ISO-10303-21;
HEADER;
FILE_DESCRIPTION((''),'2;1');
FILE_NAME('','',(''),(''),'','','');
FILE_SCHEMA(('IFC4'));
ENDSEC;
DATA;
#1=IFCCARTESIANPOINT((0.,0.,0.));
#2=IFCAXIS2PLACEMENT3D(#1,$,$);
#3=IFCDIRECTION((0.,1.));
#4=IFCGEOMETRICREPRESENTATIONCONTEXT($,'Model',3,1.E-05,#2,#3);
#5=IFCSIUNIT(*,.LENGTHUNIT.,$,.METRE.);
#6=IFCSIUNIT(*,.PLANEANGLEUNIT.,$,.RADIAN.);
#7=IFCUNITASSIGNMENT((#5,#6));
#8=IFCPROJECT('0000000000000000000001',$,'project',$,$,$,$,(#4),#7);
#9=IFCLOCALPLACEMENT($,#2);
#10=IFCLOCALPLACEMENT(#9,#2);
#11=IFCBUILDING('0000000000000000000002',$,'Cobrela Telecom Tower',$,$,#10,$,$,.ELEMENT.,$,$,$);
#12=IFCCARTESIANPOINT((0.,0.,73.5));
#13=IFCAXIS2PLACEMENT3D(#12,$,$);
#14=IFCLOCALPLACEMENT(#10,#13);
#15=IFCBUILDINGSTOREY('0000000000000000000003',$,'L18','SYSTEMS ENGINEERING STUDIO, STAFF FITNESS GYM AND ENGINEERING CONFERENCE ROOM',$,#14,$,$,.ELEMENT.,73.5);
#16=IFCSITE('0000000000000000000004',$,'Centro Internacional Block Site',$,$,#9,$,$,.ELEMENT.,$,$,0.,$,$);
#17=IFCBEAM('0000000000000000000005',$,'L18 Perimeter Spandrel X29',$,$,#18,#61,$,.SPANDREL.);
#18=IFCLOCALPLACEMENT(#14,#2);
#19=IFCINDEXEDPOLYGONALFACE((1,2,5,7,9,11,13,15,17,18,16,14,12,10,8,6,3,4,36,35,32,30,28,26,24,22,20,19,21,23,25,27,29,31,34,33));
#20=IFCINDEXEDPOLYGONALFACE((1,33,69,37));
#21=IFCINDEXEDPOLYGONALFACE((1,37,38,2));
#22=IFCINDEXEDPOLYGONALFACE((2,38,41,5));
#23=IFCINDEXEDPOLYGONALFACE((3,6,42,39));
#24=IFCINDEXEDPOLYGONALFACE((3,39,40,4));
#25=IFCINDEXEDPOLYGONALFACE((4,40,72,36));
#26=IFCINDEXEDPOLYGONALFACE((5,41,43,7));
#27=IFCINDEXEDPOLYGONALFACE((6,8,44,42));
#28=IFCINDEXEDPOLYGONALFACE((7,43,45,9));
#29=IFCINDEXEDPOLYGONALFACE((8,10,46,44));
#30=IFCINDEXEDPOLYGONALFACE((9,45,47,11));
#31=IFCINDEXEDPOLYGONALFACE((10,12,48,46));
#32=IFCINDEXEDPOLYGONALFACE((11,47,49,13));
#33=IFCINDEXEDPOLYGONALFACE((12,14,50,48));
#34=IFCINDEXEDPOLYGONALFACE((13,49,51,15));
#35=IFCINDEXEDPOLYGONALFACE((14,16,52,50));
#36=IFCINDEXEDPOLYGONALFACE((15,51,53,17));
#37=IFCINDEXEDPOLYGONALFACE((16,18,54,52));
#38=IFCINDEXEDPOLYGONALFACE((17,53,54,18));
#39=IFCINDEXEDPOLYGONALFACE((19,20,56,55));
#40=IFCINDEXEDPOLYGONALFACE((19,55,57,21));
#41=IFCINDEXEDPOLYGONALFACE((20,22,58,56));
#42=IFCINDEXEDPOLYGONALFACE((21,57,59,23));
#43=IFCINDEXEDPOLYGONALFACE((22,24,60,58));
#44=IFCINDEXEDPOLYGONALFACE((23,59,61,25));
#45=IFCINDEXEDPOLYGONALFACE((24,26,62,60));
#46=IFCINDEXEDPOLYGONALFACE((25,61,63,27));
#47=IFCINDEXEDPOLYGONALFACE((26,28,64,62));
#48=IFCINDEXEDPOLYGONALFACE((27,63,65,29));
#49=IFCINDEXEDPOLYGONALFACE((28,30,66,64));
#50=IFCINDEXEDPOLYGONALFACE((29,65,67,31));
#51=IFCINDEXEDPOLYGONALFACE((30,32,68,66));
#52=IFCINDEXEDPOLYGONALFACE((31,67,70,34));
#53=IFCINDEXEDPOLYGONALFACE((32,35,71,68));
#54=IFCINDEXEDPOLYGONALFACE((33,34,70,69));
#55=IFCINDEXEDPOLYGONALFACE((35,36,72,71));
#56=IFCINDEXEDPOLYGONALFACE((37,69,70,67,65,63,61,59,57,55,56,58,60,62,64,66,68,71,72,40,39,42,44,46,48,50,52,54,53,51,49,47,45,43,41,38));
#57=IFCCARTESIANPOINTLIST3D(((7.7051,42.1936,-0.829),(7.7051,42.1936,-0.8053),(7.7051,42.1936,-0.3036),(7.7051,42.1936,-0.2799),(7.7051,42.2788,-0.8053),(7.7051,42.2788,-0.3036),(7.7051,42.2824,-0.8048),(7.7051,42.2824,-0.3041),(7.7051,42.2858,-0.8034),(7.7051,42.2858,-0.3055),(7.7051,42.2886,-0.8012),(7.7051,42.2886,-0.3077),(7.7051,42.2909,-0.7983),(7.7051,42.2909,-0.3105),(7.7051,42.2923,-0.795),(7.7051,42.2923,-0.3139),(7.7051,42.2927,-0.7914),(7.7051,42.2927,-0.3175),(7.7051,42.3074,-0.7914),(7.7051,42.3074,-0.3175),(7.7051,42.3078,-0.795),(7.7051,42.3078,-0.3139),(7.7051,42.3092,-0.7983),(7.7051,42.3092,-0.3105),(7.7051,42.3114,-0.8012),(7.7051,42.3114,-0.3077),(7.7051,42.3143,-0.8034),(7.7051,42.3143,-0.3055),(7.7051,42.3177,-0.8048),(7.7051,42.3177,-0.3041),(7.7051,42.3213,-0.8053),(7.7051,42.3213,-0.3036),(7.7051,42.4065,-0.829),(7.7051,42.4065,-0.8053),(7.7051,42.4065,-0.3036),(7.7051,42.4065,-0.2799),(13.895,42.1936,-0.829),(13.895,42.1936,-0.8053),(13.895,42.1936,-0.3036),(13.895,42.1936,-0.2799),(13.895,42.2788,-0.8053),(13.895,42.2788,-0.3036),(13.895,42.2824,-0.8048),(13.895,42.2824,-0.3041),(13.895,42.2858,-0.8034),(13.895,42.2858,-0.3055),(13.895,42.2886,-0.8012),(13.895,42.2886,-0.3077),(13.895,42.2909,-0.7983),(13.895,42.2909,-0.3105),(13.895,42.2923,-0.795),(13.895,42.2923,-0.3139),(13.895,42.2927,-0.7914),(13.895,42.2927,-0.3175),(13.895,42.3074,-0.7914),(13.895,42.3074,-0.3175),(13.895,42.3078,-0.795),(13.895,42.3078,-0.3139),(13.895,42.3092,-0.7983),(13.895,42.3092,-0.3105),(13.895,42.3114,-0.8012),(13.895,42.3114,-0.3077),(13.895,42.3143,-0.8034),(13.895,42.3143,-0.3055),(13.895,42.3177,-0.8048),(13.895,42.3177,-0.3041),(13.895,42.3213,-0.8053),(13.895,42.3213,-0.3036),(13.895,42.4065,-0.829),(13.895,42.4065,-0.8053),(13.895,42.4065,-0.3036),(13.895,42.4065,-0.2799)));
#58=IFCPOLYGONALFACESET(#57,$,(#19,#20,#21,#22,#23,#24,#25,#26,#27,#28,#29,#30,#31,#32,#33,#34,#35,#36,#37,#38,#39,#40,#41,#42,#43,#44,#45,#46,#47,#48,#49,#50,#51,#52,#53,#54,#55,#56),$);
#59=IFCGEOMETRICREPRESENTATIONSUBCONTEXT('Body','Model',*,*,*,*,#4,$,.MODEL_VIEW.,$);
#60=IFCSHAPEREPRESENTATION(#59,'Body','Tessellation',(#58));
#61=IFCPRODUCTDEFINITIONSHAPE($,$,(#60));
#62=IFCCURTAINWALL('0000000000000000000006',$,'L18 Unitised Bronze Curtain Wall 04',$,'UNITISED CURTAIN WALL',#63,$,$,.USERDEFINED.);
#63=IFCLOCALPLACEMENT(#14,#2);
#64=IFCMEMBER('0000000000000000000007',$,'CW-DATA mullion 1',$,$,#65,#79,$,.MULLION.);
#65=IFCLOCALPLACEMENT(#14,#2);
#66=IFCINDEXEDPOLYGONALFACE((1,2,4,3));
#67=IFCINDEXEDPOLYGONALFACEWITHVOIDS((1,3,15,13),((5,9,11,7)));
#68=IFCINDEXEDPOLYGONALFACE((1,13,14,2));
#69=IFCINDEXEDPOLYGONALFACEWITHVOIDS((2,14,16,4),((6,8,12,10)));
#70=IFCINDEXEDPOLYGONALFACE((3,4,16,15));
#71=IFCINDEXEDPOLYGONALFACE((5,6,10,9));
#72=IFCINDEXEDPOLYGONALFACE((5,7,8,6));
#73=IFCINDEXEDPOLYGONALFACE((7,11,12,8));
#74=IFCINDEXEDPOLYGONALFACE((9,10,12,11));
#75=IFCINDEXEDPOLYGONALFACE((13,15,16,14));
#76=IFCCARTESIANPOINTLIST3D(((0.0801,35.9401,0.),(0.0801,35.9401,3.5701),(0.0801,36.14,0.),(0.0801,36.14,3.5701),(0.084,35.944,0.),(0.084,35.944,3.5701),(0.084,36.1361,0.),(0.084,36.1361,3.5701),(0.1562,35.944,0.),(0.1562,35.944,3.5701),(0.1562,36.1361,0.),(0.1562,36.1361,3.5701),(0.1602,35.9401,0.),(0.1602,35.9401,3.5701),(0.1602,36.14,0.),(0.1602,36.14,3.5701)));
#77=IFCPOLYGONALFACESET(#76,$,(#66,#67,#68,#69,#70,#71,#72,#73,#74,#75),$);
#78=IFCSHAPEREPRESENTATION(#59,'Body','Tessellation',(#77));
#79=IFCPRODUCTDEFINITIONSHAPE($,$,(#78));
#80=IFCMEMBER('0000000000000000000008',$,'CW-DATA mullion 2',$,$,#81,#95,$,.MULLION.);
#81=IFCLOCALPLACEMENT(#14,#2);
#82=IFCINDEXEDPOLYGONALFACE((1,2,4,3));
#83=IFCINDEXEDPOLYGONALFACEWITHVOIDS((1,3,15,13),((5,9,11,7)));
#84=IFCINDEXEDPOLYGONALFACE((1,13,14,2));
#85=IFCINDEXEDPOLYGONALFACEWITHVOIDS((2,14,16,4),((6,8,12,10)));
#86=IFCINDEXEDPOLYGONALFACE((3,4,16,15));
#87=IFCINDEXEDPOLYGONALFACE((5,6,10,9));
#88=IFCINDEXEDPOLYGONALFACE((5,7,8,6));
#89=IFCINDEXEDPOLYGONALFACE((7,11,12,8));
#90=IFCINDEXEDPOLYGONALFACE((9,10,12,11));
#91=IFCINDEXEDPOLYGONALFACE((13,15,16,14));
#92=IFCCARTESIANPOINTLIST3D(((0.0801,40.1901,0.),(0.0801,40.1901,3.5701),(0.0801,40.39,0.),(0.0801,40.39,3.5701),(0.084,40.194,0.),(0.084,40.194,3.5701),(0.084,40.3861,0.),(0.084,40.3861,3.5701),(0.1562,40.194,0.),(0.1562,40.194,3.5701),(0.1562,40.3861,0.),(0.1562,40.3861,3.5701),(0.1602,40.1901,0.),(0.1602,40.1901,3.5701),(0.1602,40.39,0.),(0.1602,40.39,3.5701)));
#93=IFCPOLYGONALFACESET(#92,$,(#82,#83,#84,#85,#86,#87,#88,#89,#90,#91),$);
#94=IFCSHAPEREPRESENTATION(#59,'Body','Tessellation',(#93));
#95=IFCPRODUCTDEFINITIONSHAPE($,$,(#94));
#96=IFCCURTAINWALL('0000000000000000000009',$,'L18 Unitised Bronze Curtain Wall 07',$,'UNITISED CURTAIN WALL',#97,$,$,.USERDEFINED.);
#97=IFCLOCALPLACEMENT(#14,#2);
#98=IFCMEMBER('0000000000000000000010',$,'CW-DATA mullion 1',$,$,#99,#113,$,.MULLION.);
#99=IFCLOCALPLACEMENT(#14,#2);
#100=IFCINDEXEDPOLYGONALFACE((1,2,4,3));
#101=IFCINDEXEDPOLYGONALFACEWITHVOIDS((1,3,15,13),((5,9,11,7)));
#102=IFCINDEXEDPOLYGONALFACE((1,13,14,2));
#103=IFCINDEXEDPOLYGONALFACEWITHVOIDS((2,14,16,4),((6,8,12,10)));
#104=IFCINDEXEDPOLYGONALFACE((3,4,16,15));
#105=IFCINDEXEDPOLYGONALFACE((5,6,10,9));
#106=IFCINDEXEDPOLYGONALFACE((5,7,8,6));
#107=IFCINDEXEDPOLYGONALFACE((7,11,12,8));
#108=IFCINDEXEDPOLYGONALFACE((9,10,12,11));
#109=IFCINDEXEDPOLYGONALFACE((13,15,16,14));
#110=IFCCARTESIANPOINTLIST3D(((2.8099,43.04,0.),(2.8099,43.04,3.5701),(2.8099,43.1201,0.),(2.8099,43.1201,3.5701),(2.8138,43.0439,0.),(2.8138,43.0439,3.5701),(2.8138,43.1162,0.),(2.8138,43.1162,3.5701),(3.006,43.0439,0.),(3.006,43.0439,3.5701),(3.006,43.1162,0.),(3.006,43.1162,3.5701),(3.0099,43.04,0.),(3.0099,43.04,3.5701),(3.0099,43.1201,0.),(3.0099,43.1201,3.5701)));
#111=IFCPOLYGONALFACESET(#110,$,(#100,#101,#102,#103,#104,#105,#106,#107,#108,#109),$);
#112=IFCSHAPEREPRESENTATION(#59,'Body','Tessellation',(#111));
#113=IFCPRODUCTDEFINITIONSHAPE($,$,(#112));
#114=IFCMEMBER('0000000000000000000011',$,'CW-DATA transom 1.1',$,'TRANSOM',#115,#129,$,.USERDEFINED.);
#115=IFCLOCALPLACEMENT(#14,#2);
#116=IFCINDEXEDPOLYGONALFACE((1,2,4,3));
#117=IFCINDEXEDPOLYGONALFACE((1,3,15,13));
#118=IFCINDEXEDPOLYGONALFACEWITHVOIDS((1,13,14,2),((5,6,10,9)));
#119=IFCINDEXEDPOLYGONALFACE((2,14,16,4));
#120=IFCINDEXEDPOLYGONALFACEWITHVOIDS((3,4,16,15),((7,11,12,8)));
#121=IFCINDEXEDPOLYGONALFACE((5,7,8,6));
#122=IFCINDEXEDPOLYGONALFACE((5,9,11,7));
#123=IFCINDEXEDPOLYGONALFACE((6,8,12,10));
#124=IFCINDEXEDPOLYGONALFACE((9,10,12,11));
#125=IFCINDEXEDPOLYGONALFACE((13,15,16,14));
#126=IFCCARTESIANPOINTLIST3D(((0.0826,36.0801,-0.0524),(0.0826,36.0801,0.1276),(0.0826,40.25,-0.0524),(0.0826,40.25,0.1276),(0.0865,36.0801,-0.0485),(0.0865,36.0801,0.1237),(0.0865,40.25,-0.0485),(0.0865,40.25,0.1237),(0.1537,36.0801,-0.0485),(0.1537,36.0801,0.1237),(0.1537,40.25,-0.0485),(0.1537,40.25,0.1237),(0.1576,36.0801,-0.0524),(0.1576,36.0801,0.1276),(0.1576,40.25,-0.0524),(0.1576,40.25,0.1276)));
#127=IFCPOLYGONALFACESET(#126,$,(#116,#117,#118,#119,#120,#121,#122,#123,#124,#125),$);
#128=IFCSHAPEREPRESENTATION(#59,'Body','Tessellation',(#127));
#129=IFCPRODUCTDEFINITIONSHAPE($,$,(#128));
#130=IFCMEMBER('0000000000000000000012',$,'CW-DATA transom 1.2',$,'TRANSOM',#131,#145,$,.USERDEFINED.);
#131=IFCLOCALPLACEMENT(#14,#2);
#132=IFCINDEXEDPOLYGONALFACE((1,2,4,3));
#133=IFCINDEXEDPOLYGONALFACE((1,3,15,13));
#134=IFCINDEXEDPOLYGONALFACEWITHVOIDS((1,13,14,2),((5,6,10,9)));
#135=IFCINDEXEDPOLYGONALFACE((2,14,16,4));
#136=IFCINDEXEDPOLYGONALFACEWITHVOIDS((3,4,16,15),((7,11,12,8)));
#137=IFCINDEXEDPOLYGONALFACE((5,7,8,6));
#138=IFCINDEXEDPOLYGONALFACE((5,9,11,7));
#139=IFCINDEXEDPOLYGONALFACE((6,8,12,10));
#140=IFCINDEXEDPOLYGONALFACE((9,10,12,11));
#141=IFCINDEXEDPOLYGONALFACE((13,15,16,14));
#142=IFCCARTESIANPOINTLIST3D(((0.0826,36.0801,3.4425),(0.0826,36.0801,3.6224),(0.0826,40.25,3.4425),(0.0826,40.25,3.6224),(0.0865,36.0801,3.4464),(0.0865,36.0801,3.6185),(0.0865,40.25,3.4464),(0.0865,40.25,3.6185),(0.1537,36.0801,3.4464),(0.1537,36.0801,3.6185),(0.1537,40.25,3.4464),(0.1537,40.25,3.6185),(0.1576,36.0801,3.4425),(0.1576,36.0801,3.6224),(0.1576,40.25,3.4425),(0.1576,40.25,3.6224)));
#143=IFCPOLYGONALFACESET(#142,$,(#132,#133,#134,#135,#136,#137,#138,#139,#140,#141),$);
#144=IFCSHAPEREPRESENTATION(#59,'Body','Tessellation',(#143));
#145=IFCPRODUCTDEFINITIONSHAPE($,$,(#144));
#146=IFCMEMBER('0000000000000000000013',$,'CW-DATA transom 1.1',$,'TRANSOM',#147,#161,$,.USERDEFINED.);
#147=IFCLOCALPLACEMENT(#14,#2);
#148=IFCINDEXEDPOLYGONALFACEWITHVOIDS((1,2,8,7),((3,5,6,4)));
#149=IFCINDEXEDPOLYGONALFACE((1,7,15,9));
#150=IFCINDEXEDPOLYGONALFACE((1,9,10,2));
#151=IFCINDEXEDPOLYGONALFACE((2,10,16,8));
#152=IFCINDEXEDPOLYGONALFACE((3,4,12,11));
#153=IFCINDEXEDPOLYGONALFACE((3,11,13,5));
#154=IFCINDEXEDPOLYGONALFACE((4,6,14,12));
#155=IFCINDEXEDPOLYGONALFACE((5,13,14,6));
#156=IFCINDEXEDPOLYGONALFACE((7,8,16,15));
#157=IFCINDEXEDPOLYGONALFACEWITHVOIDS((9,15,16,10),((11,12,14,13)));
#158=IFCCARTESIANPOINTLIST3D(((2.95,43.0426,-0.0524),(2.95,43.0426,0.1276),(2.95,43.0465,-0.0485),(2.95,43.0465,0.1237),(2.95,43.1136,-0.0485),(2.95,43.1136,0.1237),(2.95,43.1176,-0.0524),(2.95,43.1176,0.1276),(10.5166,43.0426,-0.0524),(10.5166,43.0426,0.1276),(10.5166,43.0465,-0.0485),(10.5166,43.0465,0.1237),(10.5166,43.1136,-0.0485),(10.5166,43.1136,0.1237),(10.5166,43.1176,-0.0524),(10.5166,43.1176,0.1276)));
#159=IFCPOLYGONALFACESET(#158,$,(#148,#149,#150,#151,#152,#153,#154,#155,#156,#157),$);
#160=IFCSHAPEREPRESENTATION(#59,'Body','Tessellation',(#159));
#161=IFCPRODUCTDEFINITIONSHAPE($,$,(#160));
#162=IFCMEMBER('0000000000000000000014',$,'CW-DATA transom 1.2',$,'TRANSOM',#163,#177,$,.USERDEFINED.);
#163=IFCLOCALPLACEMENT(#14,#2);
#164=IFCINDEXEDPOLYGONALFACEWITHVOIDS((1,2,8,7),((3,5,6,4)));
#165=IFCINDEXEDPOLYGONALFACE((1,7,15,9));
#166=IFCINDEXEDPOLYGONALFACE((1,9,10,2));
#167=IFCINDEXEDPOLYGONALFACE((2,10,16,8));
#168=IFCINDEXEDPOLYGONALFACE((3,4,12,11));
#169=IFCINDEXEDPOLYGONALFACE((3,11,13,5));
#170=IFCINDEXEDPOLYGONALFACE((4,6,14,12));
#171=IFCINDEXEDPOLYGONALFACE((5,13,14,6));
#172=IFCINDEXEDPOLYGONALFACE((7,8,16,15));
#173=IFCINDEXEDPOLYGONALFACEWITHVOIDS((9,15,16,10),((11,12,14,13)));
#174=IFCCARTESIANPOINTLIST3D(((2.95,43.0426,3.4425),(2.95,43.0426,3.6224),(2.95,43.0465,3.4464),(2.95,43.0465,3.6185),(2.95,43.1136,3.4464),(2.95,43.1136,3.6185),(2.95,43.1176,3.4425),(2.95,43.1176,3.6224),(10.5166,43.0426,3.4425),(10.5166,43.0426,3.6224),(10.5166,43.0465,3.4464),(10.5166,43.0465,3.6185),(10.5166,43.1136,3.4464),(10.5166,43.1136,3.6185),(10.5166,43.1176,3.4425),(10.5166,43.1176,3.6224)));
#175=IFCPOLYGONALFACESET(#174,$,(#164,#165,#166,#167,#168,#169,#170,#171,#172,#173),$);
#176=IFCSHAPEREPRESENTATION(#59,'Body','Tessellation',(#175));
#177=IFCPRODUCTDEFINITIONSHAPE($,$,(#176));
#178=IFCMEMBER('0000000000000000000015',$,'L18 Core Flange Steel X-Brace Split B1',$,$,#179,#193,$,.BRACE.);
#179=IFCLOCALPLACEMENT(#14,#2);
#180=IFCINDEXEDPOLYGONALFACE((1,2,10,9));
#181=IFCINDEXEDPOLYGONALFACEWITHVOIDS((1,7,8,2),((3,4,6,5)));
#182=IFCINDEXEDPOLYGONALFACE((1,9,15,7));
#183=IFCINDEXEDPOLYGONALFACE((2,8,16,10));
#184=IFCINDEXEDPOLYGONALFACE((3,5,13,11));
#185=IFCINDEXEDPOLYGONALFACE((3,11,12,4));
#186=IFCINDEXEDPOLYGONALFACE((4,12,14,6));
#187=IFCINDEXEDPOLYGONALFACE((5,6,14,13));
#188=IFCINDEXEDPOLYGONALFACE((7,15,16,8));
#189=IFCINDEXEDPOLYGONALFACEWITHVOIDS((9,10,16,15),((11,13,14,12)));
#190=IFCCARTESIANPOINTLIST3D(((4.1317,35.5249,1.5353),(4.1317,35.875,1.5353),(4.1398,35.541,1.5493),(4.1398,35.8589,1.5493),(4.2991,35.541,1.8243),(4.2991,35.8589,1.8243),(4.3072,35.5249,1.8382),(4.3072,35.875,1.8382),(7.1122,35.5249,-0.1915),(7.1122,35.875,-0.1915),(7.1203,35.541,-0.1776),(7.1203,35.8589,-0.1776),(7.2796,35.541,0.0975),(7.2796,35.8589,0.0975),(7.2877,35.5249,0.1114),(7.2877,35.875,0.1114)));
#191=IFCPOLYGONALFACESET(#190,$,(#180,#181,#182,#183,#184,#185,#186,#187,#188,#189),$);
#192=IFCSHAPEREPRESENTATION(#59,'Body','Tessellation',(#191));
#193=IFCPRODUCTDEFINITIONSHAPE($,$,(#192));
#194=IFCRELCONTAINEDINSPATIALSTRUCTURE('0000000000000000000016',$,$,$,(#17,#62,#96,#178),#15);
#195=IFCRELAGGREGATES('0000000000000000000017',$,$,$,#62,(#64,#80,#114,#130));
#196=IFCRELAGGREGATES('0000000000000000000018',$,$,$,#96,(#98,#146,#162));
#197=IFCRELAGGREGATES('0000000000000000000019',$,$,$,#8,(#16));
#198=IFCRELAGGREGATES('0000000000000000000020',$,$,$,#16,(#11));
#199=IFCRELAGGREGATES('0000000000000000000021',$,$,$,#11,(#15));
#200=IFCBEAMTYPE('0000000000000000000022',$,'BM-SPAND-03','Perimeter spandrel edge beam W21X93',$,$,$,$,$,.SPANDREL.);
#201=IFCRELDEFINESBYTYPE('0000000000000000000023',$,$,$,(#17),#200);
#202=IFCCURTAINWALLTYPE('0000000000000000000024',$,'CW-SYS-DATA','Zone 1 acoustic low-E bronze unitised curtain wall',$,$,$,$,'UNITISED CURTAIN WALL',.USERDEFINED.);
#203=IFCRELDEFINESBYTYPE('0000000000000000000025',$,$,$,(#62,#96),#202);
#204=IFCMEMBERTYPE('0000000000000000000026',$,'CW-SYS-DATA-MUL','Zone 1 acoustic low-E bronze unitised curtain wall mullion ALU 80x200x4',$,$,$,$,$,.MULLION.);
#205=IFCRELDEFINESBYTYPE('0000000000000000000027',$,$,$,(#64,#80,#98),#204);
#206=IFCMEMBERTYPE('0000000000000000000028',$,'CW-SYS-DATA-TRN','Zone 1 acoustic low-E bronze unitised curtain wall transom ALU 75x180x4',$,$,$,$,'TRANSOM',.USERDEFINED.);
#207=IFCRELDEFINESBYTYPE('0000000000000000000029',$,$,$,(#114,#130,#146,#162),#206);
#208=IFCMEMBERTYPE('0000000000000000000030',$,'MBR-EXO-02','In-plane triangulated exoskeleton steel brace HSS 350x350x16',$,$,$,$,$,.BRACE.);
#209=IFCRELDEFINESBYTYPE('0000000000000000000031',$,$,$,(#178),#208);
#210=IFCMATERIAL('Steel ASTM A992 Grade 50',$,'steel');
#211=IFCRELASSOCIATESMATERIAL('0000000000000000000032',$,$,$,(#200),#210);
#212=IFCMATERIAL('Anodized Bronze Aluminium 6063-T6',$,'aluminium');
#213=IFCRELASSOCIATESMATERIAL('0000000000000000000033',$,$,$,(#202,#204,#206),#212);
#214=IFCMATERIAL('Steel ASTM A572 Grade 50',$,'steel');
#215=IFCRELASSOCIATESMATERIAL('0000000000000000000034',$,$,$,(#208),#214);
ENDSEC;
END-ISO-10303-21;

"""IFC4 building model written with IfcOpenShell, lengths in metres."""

from ifc_helpers import new_model, si_unit, direction, frame, origin, origin_2d, place, context, subcontext, project, spatial, hollow_rectangle, i_section, extrude, material, material_profile, profile_set, type_object, element, aggregate, save


model = new_model("IFC4")

# Units and contexts
model_context = context("Model", 3, precision=1e-05, world=origin(), true_north=direction((0.0, 1.0)))
body_context = subcontext(model_context, "Body", "Model", "MODEL_VIEW")
ifc_project = project(units=[si_unit("LENGTHUNIT", "METRE"), si_unit("PLANEANGLEUNIT", "RADIAN")], contexts=[model_context])

# Site, building, storey
site_placement = place(None, origin())
site = spatial("IfcSite", under=ifc_project, at=site_placement, Name="Centro Internacional Block Site", CompositionType="ELEMENT", RefElevation=0.0)
building_placement = place(site_placement, origin())
building = spatial("IfcBuilding", under=site, at=building_placement, Name="Cobrela Telecom Tower", CompositionType="ELEMENT")
storey_placement = place(building_placement, frame((0.0, 0.0, 73.5)))
storey = spatial("IfcBuildingStorey", under=building, at=storey_placement, Name="L18", Description="SYSTEMS ENGINEERING STUDIO, STAFF FITNESS GYM AND ENGINEERING CONFERENCE ROOM", CompositionType="ELEMENT", Elevation=73.5)

# Shared definitions
ifc_material_1 = material(Name="Steel ASTM A572 Grade 50", Category="steel")

# Beam
ifc_material_2 = material(Name="Steel ASTM A992 Grade 50", Category="steel")
ifc_material_profile_1 = material_profile(ifc_material_2, i_section(OverallWidth=0.2129, OverallDepth=0.5491, WebThickness=0.0146, FlangeThickness=0.0237, FilletRadius=0.0139, at=origin_2d()), Name="W21X93")
ifc_profile_set_1 = profile_set([ifc_material_profile_1], Name="Steel ASTM A992 Grade 50")
beam_type_1 = type_object("IfcBeamType", Name="BM-SPAND-03", Description="Perimeter spandrel edge beam W21X93", PredefinedType="SPANDREL", material=ifc_profile_set_1)
beam_1_placement = place(storey_placement, frame((7.7051, 42.3, -0.5544), z_axis=(1.0, 0.0, 0.0), x_axis=(0.0, 1.0, 0.0)))
element("IfcBeam", 1, at=beam_1_placement, inside=storey, type_object=beam_type_1, Name="L18 Perimeter Spandrel X29", PredefinedType="SPANDREL", context=body_context, shape_type="SweptSolid", body=[
    extrude(i_section(OverallWidth=0.2129, OverallDepth=0.5491, WebThickness=0.0146, FlangeThickness=0.0237, FilletRadius=0.0139, at=origin_2d()), origin(), (0.0, 0.0, 1.0), 6.1899),
])

# Curtain wall, members
ifc_material_3 = material(Name="Anodized Bronze Aluminium 6063-T6", Category="aluminium")
curtain_wall_type = type_object("IfcCurtainWallType", Name="CW-SYS-DATA", Description="Zone 1 acoustic low-E bronze unitised curtain wall", ElementType="UNITISED CURTAIN WALL", PredefinedType="USERDEFINED", material=ifc_material_3)
curtain_wall_1_placement = place(storey_placement, origin())
curtain_wall_1 = element("IfcCurtainWall", 2, at=curtain_wall_1_placement, inside=storey, type_object=curtain_wall_type, Name="L18 Unitised Bronze Curtain Wall 04", ObjectType="UNITISED CURTAIN WALL", PredefinedType="USERDEFINED")
ifc_material_profile_2 = material_profile(ifc_material_3, hollow_rectangle(XDim=0.0801, YDim=0.2, WallThickness=0.0039, at=origin_2d()), Name="ALU 80x200x4")
ifc_profile_set_2 = profile_set([ifc_material_profile_2], Name="Anodized Bronze Aluminium 6063-T6")
member_type_1 = type_object("IfcMemberType", Name="CW-SYS-DATA-MUL", Description="Zone 1 acoustic low-E bronze unitised curtain wall mullion ALU 80x200x4", PredefinedType="MULLION", material=ifc_profile_set_2)
member_1_placement = place(storey_placement, frame((0.1201, 36.04, 0.0), z_axis=(0.0, 0.0, 1.0), x_axis=(-1.0, 0.0, 0.0)))
member_1 = element("IfcMember", 3, at=member_1_placement, type_object=member_type_1, Name="CW-DATA mullion 1", PredefinedType="MULLION", context=body_context, shape_type="SweptSolid", body=[
    extrude(hollow_rectangle(XDim=0.0801, YDim=0.2, WallThickness=0.0039, at=origin_2d()), origin(), (0.0, 0.0, 1.0), 3.5701),
])
member_2_placement = place(storey_placement, frame((0.1201, 40.29, 0.0), z_axis=(0.0, 0.0, 1.0), x_axis=(-1.0, 0.0, 0.0)))
member_2 = element("IfcMember", 4, at=member_2_placement, type_object=member_type_1, Name="CW-DATA mullion 2", PredefinedType="MULLION", context=body_context, shape_type="SweptSolid", body=[
    extrude(hollow_rectangle(XDim=0.0801, YDim=0.2, WallThickness=0.0039, at=origin_2d()), origin(), (0.0, 0.0, 1.0), 3.5701),
])

# Curtain wall, member
curtain_wall_2_placement = place(storey_placement, origin())
curtain_wall_2 = element("IfcCurtainWall", 5, at=curtain_wall_2_placement, inside=storey, type_object=curtain_wall_type, Name="L18 Unitised Bronze Curtain Wall 07", ObjectType="UNITISED CURTAIN WALL", PredefinedType="USERDEFINED")
member_3_placement = place(storey_placement, frame((2.9099, 43.0801, 0.0), z_axis=(0.0, 0.0, 1.0), x_axis=(0.0, 1.0, 0.0)))
member_3 = element("IfcMember", 6, at=member_3_placement, type_object=member_type_1, Name="CW-DATA mullion 1", PredefinedType="MULLION", context=body_context, shape_type="SweptSolid", body=[
    extrude(hollow_rectangle(XDim=0.0801, YDim=0.2, WallThickness=0.0039, at=origin_2d()), origin(), (0.0, 0.0, 1.0), 3.5701),
])

# Members
ifc_material_profile_3 = material_profile(ifc_material_3, hollow_rectangle(XDim=0.075, YDim=0.1799, WallThickness=0.0039, at=origin_2d()), Name="ALU 75x180x4")
ifc_profile_set_3 = profile_set([ifc_material_profile_3], Name="Anodized Bronze Aluminium 6063-T6")
member_type_2 = type_object("IfcMemberType", Name="CW-SYS-DATA-TRN", Description="Zone 1 acoustic low-E bronze unitised curtain wall transom ALU 75x180x4", ElementType="TRANSOM", PredefinedType="USERDEFINED", material=ifc_profile_set_3)
member_4_placement = place(storey_placement, frame((0.1201, 36.0801, 0.0376), z_axis=(0.0, 1.0, 0.0), x_axis=(-1.0, 0.0, 0.0)))
member_4 = element("IfcMember", 7, at=member_4_placement, type_object=member_type_2, Name="CW-DATA transom 1.1", ObjectType="TRANSOM", PredefinedType="USERDEFINED", context=body_context, shape_type="SweptSolid", body=[
    extrude(hollow_rectangle(XDim=0.075, YDim=0.1799, WallThickness=0.0039, at=origin_2d()), origin(), (0.0, 0.0, 1.0), 4.1699),
])
member_5_placement = place(storey_placement, frame((0.1201, 36.0801, 3.5325), z_axis=(0.0, 1.0, 0.0), x_axis=(-1.0, 0.0, 0.0)))
member_5 = element("IfcMember", 8, at=member_5_placement, type_object=member_type_2, Name="CW-DATA transom 1.2", ObjectType="TRANSOM", PredefinedType="USERDEFINED", context=body_context, shape_type="SweptSolid", body=[
    extrude(hollow_rectangle(XDim=0.075, YDim=0.1799, WallThickness=0.0039, at=origin_2d()), origin(), (0.0, 0.0, 1.0), 4.1699),
])
member_6_placement = place(storey_placement, frame((2.95, 43.0801, 0.0376), z_axis=(1.0, 0.0, 0.0), x_axis=(0.0, 1.0, 0.0)))
member_6 = element("IfcMember", 9, at=member_6_placement, type_object=member_type_2, Name="CW-DATA transom 1.1", ObjectType="TRANSOM", PredefinedType="USERDEFINED", context=body_context, shape_type="SweptSolid", body=[
    extrude(hollow_rectangle(XDim=0.075, YDim=0.1799, WallThickness=0.0039, at=origin_2d()), origin(), (0.0, 0.0, 1.0), 7.5667),
])
member_7_placement = place(storey_placement, frame((2.95, 43.0801, 3.5325), z_axis=(1.0, 0.0, 0.0), x_axis=(0.0, 1.0, 0.0)))
member_7 = element("IfcMember", 10, at=member_7_placement, type_object=member_type_2, Name="CW-DATA transom 1.2", ObjectType="TRANSOM", PredefinedType="USERDEFINED", context=body_context, shape_type="SweptSolid", body=[
    extrude(hollow_rectangle(XDim=0.075, YDim=0.1799, WallThickness=0.0039, at=origin_2d()), origin(), (0.0, 0.0, 1.0), 7.5667),
])
ifc_material_profile_4 = material_profile(ifc_material_1, hollow_rectangle(XDim=0.3501, YDim=0.3501, WallThickness=0.0161, at=origin_2d()), Name="HSS 350x350x16")
ifc_profile_set_4 = profile_set([ifc_material_profile_4], Name="Steel ASTM A572 Grade 50")
member_type_3 = type_object("IfcMemberType", Name="MBR-EXO-02", Description="In-plane triangulated exoskeleton steel brace HSS 350x350x16", PredefinedType="BRACE", material=ifc_profile_set_4)
member_8_placement = place(storey_placement, frame((7.2, 35.7, -0.04), z_axis=(-0.865266, 0.0, 0.501313), x_axis=(0.0, -1.0, 0.0)))
element("IfcMember", 11, at=member_8_placement, inside=storey, type_object=member_type_3, Name="L18 Core Flange Steel X-Brace Split B1", PredefinedType="BRACE", context=body_context, shape_type="SweptSolid", body=[
    extrude(hollow_rectangle(XDim=0.3501, YDim=0.3501, WallThickness=0.0161, at=origin_2d()), origin(), (0.0, 0.0, 1.0), 3.4446),
])

aggregate(curtain_wall_1, [member_1, member_2, member_4, member_5])
aggregate(curtain_wall_2, [member_3, member_6, member_7])

save(model, "model.ifc")
